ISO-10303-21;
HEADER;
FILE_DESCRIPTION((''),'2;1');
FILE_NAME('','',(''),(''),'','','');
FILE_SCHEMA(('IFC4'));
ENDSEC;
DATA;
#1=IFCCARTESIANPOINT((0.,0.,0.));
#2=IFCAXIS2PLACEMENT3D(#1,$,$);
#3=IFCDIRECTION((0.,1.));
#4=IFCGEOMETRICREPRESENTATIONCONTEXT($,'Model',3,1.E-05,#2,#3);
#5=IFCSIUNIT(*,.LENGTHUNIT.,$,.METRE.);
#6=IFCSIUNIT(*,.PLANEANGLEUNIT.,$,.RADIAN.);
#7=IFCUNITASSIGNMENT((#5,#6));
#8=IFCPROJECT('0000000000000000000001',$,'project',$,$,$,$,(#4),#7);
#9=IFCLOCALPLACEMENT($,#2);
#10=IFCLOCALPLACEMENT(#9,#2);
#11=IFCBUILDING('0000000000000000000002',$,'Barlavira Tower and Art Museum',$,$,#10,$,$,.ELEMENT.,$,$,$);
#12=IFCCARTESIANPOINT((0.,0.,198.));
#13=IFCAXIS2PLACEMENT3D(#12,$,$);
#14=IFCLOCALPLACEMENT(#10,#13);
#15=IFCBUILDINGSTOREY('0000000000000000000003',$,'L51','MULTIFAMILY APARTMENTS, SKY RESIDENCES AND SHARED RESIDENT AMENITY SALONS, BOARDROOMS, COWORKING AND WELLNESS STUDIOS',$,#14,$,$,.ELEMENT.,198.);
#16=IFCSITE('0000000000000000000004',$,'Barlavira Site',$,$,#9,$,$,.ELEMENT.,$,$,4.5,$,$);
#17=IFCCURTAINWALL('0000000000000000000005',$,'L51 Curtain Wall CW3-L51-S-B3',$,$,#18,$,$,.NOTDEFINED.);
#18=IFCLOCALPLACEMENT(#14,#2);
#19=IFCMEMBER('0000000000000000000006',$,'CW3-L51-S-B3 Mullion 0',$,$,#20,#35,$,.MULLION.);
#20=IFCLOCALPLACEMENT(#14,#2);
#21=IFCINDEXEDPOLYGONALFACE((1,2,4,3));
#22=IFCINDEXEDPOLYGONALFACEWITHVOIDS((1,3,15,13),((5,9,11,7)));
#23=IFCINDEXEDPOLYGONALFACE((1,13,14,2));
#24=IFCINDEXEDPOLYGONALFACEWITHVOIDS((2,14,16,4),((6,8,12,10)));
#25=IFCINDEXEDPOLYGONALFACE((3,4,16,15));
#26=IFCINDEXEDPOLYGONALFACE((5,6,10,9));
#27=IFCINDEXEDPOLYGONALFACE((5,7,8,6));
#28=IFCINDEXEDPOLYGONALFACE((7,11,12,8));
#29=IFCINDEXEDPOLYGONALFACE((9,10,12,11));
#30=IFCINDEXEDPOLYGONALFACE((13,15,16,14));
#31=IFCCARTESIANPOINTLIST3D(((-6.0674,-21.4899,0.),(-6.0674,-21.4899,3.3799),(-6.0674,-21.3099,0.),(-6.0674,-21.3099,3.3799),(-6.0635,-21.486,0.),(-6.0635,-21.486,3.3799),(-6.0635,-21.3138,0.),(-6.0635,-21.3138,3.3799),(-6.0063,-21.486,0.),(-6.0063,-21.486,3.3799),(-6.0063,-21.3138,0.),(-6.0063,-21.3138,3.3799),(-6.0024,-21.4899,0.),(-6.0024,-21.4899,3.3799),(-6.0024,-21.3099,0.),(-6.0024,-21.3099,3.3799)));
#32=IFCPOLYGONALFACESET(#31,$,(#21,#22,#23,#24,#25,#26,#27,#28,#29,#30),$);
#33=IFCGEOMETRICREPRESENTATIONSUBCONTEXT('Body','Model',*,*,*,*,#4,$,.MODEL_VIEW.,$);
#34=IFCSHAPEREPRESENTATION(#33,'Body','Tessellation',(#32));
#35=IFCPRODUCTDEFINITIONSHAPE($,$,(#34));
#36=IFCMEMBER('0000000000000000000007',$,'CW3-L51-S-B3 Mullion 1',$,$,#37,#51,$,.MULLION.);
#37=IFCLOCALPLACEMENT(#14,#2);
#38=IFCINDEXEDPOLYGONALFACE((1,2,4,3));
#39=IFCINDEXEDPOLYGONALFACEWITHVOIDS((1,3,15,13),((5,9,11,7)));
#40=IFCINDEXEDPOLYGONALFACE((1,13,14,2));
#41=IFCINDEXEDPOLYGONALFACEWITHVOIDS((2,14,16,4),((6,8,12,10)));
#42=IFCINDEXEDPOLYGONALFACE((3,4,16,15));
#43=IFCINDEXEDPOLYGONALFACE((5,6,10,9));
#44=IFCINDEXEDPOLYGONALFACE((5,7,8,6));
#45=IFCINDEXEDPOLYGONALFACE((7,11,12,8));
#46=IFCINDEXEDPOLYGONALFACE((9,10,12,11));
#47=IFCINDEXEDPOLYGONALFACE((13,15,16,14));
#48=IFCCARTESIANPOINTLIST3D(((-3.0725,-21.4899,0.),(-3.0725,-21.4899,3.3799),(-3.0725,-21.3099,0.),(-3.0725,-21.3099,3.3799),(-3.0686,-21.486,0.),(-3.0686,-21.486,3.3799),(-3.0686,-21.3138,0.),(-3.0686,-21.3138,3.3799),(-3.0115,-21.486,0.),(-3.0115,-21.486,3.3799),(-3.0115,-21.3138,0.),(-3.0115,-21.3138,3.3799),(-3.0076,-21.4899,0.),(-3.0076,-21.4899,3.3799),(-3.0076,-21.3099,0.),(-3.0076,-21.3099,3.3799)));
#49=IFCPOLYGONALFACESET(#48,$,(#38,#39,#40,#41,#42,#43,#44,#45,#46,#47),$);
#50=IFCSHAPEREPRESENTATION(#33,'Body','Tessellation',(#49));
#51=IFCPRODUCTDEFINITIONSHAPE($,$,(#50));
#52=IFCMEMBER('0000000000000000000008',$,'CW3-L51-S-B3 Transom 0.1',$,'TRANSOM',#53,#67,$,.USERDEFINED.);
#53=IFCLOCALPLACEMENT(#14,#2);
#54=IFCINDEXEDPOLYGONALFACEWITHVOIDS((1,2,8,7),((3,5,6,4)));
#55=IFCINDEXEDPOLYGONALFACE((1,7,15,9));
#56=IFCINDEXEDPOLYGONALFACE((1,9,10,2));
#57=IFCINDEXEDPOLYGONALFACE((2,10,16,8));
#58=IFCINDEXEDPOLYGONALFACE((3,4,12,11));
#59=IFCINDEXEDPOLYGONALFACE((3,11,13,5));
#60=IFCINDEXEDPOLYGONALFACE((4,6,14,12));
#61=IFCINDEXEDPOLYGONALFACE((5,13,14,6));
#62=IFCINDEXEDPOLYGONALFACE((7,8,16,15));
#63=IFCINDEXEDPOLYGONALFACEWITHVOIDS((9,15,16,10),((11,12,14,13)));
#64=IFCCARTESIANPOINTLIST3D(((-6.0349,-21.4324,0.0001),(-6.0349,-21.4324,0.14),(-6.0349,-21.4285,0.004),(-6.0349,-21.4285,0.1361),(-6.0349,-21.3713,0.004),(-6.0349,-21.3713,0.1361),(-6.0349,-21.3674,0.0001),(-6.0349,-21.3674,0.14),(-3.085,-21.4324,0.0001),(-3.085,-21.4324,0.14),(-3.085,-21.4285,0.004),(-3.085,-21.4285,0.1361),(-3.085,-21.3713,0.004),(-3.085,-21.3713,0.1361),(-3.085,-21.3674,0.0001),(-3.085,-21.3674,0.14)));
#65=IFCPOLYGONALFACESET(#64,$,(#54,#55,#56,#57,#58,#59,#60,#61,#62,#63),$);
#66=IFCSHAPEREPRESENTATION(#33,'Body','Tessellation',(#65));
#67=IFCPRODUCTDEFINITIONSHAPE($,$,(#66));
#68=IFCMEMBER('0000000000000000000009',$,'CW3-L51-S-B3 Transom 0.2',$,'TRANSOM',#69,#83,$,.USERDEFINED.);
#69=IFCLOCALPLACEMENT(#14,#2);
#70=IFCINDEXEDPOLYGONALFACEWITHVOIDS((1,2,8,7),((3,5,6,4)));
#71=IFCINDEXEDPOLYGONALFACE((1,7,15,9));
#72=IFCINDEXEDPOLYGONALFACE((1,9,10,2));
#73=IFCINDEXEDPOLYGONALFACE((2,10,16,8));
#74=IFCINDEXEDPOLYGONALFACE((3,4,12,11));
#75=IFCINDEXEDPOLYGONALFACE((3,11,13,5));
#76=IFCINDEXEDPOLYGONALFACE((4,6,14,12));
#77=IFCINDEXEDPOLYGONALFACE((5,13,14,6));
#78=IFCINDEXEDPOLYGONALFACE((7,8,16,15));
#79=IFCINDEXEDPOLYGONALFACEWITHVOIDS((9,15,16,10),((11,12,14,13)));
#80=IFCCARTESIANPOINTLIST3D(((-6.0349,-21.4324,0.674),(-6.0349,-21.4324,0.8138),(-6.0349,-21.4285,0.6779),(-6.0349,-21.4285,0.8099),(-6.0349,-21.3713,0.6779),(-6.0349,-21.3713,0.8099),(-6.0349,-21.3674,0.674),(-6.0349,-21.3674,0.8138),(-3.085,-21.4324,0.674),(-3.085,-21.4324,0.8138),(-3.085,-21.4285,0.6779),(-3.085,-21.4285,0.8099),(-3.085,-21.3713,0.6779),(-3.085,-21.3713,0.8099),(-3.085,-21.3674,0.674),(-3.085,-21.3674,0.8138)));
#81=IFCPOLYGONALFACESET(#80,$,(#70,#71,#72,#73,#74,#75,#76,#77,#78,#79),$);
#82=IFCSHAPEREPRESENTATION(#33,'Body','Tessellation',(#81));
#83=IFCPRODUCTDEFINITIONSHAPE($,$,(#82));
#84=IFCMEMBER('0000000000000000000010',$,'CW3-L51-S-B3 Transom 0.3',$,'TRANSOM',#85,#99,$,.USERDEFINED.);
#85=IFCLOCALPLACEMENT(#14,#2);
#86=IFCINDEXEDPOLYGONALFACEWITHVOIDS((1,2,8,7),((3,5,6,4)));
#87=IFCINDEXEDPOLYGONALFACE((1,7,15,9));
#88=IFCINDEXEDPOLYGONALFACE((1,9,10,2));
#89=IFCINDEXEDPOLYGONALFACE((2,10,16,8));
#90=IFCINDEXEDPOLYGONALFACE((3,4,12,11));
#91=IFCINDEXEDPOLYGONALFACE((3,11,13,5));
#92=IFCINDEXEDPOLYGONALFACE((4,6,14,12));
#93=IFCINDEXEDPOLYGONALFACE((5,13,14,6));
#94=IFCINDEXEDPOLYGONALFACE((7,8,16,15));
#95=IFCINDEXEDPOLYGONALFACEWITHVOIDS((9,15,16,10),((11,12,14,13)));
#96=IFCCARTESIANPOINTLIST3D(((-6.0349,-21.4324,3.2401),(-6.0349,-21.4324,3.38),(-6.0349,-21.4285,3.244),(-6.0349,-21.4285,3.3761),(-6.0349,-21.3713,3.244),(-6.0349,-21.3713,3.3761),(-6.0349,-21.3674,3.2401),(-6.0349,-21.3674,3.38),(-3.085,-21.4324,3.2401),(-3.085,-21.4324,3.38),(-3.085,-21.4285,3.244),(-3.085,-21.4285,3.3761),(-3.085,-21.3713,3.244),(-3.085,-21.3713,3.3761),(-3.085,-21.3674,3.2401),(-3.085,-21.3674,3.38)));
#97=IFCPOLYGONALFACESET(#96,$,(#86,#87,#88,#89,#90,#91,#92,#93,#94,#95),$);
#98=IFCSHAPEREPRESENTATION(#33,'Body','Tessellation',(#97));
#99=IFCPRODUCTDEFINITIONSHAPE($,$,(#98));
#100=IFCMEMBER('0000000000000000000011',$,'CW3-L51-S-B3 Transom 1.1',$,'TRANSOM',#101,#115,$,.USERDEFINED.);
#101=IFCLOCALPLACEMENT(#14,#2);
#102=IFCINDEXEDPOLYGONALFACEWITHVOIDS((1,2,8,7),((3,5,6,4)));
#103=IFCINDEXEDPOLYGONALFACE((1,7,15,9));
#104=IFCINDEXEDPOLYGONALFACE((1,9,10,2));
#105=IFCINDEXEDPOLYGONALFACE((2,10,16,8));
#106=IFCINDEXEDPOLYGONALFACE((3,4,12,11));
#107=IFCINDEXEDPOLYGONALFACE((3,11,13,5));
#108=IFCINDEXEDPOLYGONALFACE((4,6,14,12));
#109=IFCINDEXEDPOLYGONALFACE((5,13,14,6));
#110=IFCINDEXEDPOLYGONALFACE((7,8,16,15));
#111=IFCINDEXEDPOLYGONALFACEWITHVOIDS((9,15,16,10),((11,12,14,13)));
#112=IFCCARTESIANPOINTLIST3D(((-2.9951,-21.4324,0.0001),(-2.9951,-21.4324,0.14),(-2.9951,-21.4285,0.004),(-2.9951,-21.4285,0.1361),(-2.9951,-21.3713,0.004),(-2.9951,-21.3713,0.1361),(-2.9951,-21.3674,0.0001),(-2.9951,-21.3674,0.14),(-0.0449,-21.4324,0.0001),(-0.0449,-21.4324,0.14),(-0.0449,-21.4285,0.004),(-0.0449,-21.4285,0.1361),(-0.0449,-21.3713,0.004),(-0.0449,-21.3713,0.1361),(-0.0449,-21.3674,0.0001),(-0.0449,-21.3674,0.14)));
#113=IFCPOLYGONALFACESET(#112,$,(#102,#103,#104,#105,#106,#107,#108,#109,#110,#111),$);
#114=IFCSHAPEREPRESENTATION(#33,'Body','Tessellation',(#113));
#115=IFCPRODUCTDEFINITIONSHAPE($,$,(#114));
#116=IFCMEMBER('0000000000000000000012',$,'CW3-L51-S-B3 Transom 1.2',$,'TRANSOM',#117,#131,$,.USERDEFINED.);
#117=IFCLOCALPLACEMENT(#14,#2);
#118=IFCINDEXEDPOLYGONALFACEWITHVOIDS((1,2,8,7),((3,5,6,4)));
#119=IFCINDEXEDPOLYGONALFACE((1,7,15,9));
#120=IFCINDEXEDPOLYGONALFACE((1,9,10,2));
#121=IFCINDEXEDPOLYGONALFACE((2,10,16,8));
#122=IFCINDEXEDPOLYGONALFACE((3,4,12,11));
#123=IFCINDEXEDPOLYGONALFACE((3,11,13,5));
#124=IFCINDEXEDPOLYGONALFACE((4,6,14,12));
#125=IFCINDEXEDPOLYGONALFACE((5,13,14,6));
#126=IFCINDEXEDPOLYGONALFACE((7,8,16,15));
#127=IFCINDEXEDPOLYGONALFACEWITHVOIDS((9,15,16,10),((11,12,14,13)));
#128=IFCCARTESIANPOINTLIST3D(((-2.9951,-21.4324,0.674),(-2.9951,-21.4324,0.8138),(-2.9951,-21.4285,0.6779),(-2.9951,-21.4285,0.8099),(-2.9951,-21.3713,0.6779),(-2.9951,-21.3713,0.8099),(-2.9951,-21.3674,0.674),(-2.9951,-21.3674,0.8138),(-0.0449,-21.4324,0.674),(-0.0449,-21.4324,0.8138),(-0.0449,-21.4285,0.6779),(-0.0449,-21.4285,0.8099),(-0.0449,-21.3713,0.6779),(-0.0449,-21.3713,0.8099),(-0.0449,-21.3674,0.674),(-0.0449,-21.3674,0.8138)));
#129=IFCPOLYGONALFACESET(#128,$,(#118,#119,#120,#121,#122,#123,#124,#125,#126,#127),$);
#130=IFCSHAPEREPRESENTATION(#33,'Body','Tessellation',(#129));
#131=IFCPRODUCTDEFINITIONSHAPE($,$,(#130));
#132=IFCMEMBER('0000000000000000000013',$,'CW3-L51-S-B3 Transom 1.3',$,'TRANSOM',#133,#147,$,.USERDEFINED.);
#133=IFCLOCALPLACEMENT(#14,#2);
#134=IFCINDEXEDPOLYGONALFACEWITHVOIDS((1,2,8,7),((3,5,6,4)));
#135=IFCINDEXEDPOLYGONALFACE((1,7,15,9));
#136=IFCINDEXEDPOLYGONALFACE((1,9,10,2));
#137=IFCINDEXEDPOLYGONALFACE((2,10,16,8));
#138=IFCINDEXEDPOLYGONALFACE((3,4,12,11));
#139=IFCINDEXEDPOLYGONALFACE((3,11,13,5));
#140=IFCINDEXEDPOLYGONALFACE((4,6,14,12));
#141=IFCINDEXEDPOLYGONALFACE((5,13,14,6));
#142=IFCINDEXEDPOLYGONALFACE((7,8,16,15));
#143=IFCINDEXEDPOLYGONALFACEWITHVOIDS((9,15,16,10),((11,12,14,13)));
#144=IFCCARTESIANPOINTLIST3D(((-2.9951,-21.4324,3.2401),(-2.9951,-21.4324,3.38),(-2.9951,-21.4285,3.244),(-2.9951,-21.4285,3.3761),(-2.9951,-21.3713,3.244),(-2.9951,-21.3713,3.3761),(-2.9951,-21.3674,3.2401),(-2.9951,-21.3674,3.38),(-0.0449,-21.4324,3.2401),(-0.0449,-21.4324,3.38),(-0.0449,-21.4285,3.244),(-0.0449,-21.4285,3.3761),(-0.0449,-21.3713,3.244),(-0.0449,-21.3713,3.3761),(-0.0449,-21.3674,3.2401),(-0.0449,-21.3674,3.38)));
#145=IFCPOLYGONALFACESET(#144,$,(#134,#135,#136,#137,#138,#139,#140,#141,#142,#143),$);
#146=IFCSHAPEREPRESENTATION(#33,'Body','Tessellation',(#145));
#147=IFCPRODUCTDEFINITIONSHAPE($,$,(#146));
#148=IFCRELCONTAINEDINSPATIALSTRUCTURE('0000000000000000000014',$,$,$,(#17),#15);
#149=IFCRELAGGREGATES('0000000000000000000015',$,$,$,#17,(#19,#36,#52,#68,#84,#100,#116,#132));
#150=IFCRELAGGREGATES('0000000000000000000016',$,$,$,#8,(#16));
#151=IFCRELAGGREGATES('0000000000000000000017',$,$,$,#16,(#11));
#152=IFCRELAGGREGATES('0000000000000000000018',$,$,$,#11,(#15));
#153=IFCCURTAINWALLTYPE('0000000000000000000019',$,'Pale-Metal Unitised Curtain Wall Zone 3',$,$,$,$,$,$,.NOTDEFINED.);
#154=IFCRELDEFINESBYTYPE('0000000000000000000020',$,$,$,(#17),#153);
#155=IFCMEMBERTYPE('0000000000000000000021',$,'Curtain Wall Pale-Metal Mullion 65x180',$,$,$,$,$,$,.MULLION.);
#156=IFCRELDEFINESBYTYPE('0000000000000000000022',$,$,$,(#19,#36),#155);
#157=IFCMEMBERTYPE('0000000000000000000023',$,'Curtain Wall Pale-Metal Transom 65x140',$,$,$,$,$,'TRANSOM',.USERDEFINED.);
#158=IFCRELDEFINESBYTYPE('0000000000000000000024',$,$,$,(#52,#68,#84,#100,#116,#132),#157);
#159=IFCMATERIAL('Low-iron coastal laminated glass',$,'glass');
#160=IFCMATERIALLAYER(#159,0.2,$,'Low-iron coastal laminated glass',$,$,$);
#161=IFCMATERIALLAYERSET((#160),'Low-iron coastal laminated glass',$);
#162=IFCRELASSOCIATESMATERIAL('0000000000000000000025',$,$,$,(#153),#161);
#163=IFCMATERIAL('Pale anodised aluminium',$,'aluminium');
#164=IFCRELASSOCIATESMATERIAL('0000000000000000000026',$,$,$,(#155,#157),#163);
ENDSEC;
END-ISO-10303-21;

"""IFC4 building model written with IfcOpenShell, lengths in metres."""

from ifc_helpers import new_model, si_unit, direction, frame, origin, origin_2d, place, context, subcontext, project, spatial, hollow_rectangle, extrude, material, layer, layer_set, material_profile, profile_set, type_object, element, aggregate, save


model = new_model("IFC4")

# Units and contexts
model_context = context("Model", 3, precision=1e-05, world=origin(), true_north=direction((0.0, 1.0)))
body_context = subcontext(model_context, "Body", "Model", "MODEL_VIEW")
ifc_project = project(units=[si_unit("LENGTHUNIT", "METRE"), si_unit("PLANEANGLEUNIT", "RADIAN")], contexts=[model_context])

# Site, building, storey
site_placement = place(None, origin())
site = spatial("IfcSite", under=ifc_project, at=site_placement, Name="Barlavira Site", CompositionType="ELEMENT", RefElevation=4.5)
building_placement = place(site_placement, origin())
building = spatial("IfcBuilding", under=site, at=building_placement, Name="Barlavira Tower and Art Museum", CompositionType="ELEMENT")
storey_placement = place(building_placement, frame((0.0, 0.0, 198.0)))
storey = spatial("IfcBuildingStorey", under=building, at=storey_placement, Name="L51", Description="MULTIFAMILY APARTMENTS, SKY RESIDENCES AND SHARED RESIDENT AMENITY SALONS, BOARDROOMS, COWORKING AND WELLNESS STUDIOS", CompositionType="ELEMENT", Elevation=198.0)

# Curtain wall, members
ifc_material_1 = material(Name="Low-iron coastal laminated glass", Category="glass")
ifc_layer_1 = layer(ifc_material_1, 0.2, Name="Low-iron coastal laminated glass")
ifc_layer_set_1 = layer_set([ifc_layer_1], Name="Low-iron coastal laminated glass")
curtain_wall_type = type_object("IfcCurtainWallType", Name="Pale-Metal Unitised Curtain Wall Zone 3", PredefinedType="NOTDEFINED", material=ifc_layer_set_1)
curtain_wall_placement = place(storey_placement, origin())
curtain_wall = element("IfcCurtainWall", 1, at=curtain_wall_placement, inside=storey, type_object=curtain_wall_type, Name="L51 Curtain Wall CW3-L51-S-B3", PredefinedType="NOTDEFINED")
ifc_material_2 = material(Name="Pale anodised aluminium", Category="aluminium")
ifc_material_profile_1 = material_profile(ifc_material_2, hollow_rectangle(XDim=0.0649, YDim=0.1799, WallThickness=0.0039, at=origin_2d()), Name="ALU-MULL 65x180x4")
ifc_profile_set_1 = profile_set([ifc_material_profile_1], Name="Pale anodised aluminium")
member_type_1 = type_object("IfcMemberType", Name="Curtain Wall Pale-Metal Mullion 65x180", PredefinedType="MULLION", material=ifc_profile_set_1)
member_1_placement = place(storey_placement, frame((-6.0349, -21.3999, 0.0), z_axis=(0.0, 0.0, 1.0), x_axis=(1.0, 0.0, 0.0)))
member_1 = element("IfcMember", 2, at=member_1_placement, type_object=member_type_1, Name="CW3-L51-S-B3 Mullion 0", PredefinedType="MULLION", context=body_context, shape_type="SweptSolid", body=[
    extrude(hollow_rectangle(XDim=0.0649, YDim=0.1799, WallThickness=0.0039, at=origin_2d()), origin(), (0.0, 0.0, 1.0), 3.3799),
])
member_2_placement = place(storey_placement, frame((-3.04, -21.3999, 0.0), z_axis=(0.0, 0.0, 1.0), x_axis=(1.0, 0.0, 0.0)))
member_2 = element("IfcMember", 3, at=member_2_placement, type_object=member_type_1, Name="CW3-L51-S-B3 Mullion 1", PredefinedType="MULLION", context=body_context, shape_type="SweptSolid", body=[
    extrude(hollow_rectangle(XDim=0.0649, YDim=0.1799, WallThickness=0.0039, at=origin_2d()), origin(), (0.0, 0.0, 1.0), 3.3799),
])
ifc_material_profile_2 = material_profile(ifc_material_2, hollow_rectangle(XDim=0.0649, YDim=0.1399, WallThickness=0.0039, at=origin_2d()), Name="ALU-TRAN 65x140x4")
ifc_profile_set_2 = profile_set([ifc_material_profile_2], Name="Pale anodised aluminium")
member_type_2 = type_object("IfcMemberType", Name="Curtain Wall Pale-Metal Transom 65x140", ElementType="TRANSOM", PredefinedType="USERDEFINED", material=ifc_profile_set_2)
member_3_placement = place(storey_placement, frame((-6.0349, -21.3999, 0.0701), z_axis=(1.0, 0.0, 0.0), x_axis=(0.0, 1.0, 0.0)))
member_3 = element("IfcMember", 4, at=member_3_placement, type_object=member_type_2, Name="CW3-L51-S-B3 Transom 0.1", ObjectType="TRANSOM", PredefinedType="USERDEFINED", context=body_context, shape_type="SweptSolid", body=[
    extrude(hollow_rectangle(XDim=0.0649, YDim=0.1399, WallThickness=0.0039, at=origin_2d()), origin(), (0.0, 0.0, 1.0), 2.95),
])
member_4_placement = place(storey_placement, frame((-6.0349, -21.3999, 0.7439), z_axis=(1.0, 0.0, 0.0), x_axis=(0.0, 1.0, 0.0)))
member_4 = element("IfcMember", 5, at=member_4_placement, type_object=member_type_2, Name="CW3-L51-S-B3 Transom 0.2", ObjectType="TRANSOM", PredefinedType="USERDEFINED", context=body_context, shape_type="SweptSolid", body=[
    extrude(hollow_rectangle(XDim=0.0649, YDim=0.1399, WallThickness=0.0039, at=origin_2d()), origin(), (0.0, 0.0, 1.0), 2.95),
])
member_5_placement = place(storey_placement, frame((-6.0349, -21.3999, 3.3101), z_axis=(1.0, 0.0, 0.0), x_axis=(0.0, 1.0, 0.0)))
member_5 = element("IfcMember", 6, at=member_5_placement, type_object=member_type_2, Name="CW3-L51-S-B3 Transom 0.3", ObjectType="TRANSOM", PredefinedType="USERDEFINED", context=body_context, shape_type="SweptSolid", body=[
    extrude(hollow_rectangle(XDim=0.0649, YDim=0.1399, WallThickness=0.0039, at=origin_2d()), origin(), (0.0, 0.0, 1.0), 2.95),
])
member_6_placement = place(storey_placement, frame((-2.9951, -21.3999, 0.0701), z_axis=(1.0, 0.0, 0.0), x_axis=(0.0, 1.0, 0.0)))
member_6 = element("IfcMember", 7, at=member_6_placement, type_object=member_type_2, Name="CW3-L51-S-B3 Transom 1.1", ObjectType="TRANSOM", PredefinedType="USERDEFINED", context=body_context, shape_type="SweptSolid", body=[
    extrude(hollow_rectangle(XDim=0.0649, YDim=0.1399, WallThickness=0.0039, at=origin_2d()), origin(), (0.0, 0.0, 1.0), 2.9502),
])
member_7_placement = place(storey_placement, frame((-2.9951, -21.3999, 0.7439), z_axis=(1.0, 0.0, 0.0), x_axis=(0.0, 1.0, 0.0)))
member_7 = element("IfcMember", 8, at=member_7_placement, type_object=member_type_2, Name="CW3-L51-S-B3 Transom 1.2", ObjectType="TRANSOM", PredefinedType="USERDEFINED", context=body_context, shape_type="SweptSolid", body=[
    extrude(hollow_rectangle(XDim=0.0649, YDim=0.1399, WallThickness=0.0039, at=origin_2d()), origin(), (0.0, 0.0, 1.0), 2.9502),
])
member_8_placement = place(storey_placement, frame((-2.9951, -21.3999, 3.3101), z_axis=(1.0, 0.0, 0.0), x_axis=(0.0, 1.0, 0.0)))
member_8 = element("IfcMember", 9, at=member_8_placement, type_object=member_type_2, Name="CW3-L51-S-B3 Transom 1.3", ObjectType="TRANSOM", PredefinedType="USERDEFINED", context=body_context, shape_type="SweptSolid", body=[
    extrude(hollow_rectangle(XDim=0.0649, YDim=0.1399, WallThickness=0.0039, at=origin_2d()), origin(), (0.0, 0.0, 1.0), 2.9502),
])

aggregate(curtain_wall, [member_1, member_2, member_3, member_4, member_5, member_6, member_7, member_8])

save(model, "model.ifc")
